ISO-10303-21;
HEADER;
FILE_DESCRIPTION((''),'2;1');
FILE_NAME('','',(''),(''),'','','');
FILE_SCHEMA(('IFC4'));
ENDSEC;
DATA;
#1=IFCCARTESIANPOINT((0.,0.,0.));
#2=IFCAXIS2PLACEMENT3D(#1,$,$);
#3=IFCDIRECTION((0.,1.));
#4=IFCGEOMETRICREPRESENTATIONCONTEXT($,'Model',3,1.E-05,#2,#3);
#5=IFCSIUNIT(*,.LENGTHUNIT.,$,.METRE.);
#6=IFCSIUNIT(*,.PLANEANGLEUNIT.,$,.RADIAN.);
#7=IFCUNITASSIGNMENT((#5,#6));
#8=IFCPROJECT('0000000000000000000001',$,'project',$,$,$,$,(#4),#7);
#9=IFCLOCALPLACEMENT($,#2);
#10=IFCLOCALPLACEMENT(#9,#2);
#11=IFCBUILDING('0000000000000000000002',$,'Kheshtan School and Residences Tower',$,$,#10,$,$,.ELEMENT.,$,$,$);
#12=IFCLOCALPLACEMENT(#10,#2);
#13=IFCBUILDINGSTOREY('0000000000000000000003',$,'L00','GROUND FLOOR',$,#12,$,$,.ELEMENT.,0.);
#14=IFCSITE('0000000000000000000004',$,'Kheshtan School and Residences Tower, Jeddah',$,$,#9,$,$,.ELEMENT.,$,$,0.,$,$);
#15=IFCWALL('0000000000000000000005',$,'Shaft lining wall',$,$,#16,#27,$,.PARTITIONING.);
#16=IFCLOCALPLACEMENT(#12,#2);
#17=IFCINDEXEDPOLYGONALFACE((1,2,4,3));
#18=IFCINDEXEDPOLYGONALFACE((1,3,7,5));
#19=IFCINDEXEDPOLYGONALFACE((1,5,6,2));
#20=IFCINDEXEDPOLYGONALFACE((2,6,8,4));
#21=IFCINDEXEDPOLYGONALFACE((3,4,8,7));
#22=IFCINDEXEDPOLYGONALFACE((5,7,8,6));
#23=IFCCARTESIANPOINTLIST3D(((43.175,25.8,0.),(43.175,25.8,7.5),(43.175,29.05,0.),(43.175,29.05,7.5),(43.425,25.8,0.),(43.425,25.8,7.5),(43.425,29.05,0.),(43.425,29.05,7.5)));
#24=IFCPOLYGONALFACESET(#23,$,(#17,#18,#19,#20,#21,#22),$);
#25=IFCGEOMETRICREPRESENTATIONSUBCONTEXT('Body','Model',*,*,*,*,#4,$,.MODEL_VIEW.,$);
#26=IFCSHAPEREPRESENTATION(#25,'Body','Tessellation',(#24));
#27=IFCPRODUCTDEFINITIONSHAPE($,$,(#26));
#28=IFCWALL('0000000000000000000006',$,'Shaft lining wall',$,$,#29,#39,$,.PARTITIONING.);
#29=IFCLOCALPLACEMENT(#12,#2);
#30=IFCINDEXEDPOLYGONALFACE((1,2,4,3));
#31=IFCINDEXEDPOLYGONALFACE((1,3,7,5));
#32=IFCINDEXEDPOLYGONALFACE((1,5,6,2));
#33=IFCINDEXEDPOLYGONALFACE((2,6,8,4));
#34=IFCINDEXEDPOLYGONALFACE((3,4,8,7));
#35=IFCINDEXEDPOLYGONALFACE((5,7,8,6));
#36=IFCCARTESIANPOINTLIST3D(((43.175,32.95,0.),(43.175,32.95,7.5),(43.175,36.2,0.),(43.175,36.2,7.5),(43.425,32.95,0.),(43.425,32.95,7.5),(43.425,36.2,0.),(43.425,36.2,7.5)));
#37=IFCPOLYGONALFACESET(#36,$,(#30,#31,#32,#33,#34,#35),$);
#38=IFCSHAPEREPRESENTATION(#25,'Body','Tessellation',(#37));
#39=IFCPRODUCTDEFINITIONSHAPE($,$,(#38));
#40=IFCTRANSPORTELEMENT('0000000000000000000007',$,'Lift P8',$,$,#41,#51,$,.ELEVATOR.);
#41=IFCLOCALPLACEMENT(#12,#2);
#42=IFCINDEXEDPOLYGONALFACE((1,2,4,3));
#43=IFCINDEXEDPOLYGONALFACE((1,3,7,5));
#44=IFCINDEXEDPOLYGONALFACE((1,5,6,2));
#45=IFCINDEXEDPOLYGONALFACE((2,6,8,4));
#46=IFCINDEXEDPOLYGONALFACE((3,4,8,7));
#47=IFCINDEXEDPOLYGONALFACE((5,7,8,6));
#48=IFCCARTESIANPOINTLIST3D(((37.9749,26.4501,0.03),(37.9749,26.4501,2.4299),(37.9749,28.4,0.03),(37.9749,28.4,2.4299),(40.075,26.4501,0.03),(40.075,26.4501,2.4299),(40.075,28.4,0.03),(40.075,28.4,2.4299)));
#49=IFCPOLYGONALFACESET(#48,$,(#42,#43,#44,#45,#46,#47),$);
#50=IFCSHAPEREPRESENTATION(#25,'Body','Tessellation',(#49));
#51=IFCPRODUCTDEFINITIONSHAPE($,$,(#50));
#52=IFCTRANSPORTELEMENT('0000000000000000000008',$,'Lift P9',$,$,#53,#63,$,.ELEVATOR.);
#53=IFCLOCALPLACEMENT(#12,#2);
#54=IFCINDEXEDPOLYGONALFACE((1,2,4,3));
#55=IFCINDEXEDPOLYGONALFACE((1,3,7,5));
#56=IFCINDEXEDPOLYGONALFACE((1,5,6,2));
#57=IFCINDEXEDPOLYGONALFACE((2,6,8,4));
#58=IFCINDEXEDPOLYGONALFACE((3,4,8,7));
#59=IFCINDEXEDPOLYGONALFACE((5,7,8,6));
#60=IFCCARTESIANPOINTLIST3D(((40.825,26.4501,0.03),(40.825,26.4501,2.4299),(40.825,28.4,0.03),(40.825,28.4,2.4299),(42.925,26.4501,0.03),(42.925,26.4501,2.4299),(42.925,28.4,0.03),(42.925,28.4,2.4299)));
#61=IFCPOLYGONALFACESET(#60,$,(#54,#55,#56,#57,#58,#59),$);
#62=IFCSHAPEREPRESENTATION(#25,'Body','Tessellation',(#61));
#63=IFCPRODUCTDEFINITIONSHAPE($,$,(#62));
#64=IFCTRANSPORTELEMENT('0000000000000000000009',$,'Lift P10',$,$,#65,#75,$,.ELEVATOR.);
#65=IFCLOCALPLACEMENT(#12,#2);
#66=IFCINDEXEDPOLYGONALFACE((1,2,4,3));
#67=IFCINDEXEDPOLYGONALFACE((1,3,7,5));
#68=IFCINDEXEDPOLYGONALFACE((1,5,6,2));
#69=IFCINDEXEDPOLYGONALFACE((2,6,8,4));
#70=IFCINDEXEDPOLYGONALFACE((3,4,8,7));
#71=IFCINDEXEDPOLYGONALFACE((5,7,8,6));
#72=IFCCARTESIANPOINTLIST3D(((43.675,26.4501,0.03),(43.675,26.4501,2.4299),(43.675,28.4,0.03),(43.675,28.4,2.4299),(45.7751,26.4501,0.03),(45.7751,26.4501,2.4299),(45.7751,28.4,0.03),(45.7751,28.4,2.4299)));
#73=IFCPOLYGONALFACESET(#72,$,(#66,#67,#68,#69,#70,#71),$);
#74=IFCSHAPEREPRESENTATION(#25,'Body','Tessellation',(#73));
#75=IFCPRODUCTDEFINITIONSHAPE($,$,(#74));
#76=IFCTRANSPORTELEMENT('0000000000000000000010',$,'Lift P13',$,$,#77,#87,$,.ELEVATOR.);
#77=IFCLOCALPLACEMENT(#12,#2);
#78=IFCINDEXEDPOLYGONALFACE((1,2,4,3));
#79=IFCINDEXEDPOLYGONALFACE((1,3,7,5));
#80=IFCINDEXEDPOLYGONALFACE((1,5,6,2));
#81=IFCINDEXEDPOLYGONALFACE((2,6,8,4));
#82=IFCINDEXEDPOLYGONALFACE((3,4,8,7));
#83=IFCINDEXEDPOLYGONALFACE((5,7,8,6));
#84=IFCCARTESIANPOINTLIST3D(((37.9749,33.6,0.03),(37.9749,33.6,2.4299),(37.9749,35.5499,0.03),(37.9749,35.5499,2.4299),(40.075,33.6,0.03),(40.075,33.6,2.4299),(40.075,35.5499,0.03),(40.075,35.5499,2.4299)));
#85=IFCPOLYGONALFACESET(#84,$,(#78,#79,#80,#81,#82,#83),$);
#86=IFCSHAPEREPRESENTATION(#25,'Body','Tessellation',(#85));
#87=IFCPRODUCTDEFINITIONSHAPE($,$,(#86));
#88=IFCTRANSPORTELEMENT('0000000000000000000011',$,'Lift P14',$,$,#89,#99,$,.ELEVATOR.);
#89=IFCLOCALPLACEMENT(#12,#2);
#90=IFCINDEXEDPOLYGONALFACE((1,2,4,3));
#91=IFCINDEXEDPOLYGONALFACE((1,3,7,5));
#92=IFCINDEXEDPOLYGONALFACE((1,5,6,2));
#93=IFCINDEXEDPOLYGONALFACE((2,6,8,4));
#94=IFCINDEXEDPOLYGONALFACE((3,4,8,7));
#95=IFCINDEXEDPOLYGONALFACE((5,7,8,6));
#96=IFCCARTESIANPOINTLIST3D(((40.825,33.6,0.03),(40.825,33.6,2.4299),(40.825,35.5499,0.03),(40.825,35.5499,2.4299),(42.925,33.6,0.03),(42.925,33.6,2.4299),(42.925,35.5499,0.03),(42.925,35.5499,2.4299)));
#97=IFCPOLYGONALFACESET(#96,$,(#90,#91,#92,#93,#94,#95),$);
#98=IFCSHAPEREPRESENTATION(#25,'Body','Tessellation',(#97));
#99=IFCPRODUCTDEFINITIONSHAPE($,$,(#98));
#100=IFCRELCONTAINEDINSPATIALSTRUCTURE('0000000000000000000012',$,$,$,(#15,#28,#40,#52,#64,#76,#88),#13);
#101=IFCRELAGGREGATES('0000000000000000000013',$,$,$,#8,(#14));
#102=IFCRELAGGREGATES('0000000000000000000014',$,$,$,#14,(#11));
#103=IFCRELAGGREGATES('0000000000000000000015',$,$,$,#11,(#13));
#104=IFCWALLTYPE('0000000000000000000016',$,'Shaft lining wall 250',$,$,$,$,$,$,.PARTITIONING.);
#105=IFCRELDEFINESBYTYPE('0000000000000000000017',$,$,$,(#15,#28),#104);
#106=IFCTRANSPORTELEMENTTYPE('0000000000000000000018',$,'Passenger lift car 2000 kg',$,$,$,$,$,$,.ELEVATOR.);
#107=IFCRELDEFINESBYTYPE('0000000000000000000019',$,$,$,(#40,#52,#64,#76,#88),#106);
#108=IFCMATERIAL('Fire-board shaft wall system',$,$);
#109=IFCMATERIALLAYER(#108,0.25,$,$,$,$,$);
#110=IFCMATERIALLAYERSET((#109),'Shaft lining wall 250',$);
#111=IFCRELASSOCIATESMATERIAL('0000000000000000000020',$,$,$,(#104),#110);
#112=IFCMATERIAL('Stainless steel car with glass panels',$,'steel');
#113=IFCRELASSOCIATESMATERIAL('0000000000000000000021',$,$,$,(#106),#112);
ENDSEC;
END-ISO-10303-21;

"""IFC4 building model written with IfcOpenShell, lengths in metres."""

from ifc_helpers import new_model, si_unit, direction, frame, frame_2d, origin, origin_2d, place, context, subcontext, project, spatial, rectangle, extrude, material, layer, layer_set, type_object, element, save


model = new_model("IFC4")

# Units and contexts
model_context = context("Model", 3, precision=1e-05, world=origin(), true_north=direction((0.0, 1.0)))
body_context = subcontext(model_context, "Body", "Model", "MODEL_VIEW")
ifc_project = project(units=[si_unit("LENGTHUNIT", "METRE"), si_unit("PLANEANGLEUNIT", "RADIAN")], contexts=[model_context])

# Site, building, storey
site_placement = place(None, origin())
site = spatial("IfcSite", under=ifc_project, at=site_placement, Name="Kheshtan School and Residences Tower, Jeddah", CompositionType="ELEMENT", RefElevation=0.0)
building_placement = place(site_placement, origin())
building = spatial("IfcBuilding", under=site, at=building_placement, Name="Kheshtan School and Residences Tower", CompositionType="ELEMENT")
storey_placement = place(building_placement, origin())
storey = spatial("IfcBuildingStorey", under=building, at=storey_placement, Name="L00", Description="GROUND FLOOR", CompositionType="ELEMENT", Elevation=0.0)

# Walls
ifc_material_1 = material(Name="Fire-board shaft wall system")
ifc_layer = layer(ifc_material_1, 0.25)
ifc_layer_set = layer_set([ifc_layer], Name="Shaft lining wall 250")
wall_type = type_object("IfcWallType", Name="Shaft lining wall 250", PredefinedType="PARTITIONING", material=ifc_layer_set)
for number, where, z_axis, x_axis, name in (
    (1, (43.3, 25.8, 0.0), (0.0, 0.0, 1.0), (0.0, 1.0, 0.0), "Shaft lining wall"),
    (2, (43.3, 32.95, 0.0), (0.0, 0.0, 1.0), (0.0, 1.0, 0.0), "Shaft lining wall"),
):
    element("IfcWall", number, at=place(storey_placement, frame(where, z_axis=z_axis, x_axis=x_axis)), inside=storey, type_object=wall_type, Name=name, PredefinedType="PARTITIONING", context=body_context, shape_type="SweptSolid", body=[
        extrude(rectangle(XDim=3.25, YDim=0.25, at=frame_2d((1.625, 0.0))), origin(), (0.0, 0.0, 1.0), 7.5),
    ])

# Transport elements
ifc_material_2 = material(Name="Stainless steel car with glass panels", Category="steel")
transport_element_type = type_object("IfcTransportElementType", Name="Passenger lift car 2000 kg", PredefinedType="ELEVATOR", material=ifc_material_2)
for number, where, z_axis, x_axis, name in (
    (3, (39.0249, 27.425, 0.03), (0.0, 0.0, 1.0), (1.0, 0.0, 0.0), "Lift P8"),
    (4, (41.875, 27.425, 0.03), (0.0, 0.0, 1.0), (1.0, 0.0, 0.0), "Lift P9"),
    (5, (44.7251, 27.425, 0.03), (0.0, 0.0, 1.0), (1.0, 0.0, 0.0), "Lift P10"),
    (6, (39.0249, 34.575, 0.03), (0.0, 0.0, 1.0), (1.0, 0.0, 0.0), "Lift P13"),
    (7, (41.875, 34.575, 0.03), (0.0, 0.0, 1.0), (1.0, 0.0, 0.0), "Lift P14"),
):
    element("IfcTransportElement", number, at=place(storey_placement, frame(where, z_axis=z_axis, x_axis=x_axis)), inside=storey, type_object=transport_element_type, Name=name, PredefinedType="ELEVATOR", context=body_context, shape_type="SweptSolid", body=[
        extrude(rectangle(XDim=2.1001, YDim=1.95, at=origin_2d()), origin(), (0.0, 0.0, 1.0), 2.3999),
    ])

save(model, "model.ifc")
